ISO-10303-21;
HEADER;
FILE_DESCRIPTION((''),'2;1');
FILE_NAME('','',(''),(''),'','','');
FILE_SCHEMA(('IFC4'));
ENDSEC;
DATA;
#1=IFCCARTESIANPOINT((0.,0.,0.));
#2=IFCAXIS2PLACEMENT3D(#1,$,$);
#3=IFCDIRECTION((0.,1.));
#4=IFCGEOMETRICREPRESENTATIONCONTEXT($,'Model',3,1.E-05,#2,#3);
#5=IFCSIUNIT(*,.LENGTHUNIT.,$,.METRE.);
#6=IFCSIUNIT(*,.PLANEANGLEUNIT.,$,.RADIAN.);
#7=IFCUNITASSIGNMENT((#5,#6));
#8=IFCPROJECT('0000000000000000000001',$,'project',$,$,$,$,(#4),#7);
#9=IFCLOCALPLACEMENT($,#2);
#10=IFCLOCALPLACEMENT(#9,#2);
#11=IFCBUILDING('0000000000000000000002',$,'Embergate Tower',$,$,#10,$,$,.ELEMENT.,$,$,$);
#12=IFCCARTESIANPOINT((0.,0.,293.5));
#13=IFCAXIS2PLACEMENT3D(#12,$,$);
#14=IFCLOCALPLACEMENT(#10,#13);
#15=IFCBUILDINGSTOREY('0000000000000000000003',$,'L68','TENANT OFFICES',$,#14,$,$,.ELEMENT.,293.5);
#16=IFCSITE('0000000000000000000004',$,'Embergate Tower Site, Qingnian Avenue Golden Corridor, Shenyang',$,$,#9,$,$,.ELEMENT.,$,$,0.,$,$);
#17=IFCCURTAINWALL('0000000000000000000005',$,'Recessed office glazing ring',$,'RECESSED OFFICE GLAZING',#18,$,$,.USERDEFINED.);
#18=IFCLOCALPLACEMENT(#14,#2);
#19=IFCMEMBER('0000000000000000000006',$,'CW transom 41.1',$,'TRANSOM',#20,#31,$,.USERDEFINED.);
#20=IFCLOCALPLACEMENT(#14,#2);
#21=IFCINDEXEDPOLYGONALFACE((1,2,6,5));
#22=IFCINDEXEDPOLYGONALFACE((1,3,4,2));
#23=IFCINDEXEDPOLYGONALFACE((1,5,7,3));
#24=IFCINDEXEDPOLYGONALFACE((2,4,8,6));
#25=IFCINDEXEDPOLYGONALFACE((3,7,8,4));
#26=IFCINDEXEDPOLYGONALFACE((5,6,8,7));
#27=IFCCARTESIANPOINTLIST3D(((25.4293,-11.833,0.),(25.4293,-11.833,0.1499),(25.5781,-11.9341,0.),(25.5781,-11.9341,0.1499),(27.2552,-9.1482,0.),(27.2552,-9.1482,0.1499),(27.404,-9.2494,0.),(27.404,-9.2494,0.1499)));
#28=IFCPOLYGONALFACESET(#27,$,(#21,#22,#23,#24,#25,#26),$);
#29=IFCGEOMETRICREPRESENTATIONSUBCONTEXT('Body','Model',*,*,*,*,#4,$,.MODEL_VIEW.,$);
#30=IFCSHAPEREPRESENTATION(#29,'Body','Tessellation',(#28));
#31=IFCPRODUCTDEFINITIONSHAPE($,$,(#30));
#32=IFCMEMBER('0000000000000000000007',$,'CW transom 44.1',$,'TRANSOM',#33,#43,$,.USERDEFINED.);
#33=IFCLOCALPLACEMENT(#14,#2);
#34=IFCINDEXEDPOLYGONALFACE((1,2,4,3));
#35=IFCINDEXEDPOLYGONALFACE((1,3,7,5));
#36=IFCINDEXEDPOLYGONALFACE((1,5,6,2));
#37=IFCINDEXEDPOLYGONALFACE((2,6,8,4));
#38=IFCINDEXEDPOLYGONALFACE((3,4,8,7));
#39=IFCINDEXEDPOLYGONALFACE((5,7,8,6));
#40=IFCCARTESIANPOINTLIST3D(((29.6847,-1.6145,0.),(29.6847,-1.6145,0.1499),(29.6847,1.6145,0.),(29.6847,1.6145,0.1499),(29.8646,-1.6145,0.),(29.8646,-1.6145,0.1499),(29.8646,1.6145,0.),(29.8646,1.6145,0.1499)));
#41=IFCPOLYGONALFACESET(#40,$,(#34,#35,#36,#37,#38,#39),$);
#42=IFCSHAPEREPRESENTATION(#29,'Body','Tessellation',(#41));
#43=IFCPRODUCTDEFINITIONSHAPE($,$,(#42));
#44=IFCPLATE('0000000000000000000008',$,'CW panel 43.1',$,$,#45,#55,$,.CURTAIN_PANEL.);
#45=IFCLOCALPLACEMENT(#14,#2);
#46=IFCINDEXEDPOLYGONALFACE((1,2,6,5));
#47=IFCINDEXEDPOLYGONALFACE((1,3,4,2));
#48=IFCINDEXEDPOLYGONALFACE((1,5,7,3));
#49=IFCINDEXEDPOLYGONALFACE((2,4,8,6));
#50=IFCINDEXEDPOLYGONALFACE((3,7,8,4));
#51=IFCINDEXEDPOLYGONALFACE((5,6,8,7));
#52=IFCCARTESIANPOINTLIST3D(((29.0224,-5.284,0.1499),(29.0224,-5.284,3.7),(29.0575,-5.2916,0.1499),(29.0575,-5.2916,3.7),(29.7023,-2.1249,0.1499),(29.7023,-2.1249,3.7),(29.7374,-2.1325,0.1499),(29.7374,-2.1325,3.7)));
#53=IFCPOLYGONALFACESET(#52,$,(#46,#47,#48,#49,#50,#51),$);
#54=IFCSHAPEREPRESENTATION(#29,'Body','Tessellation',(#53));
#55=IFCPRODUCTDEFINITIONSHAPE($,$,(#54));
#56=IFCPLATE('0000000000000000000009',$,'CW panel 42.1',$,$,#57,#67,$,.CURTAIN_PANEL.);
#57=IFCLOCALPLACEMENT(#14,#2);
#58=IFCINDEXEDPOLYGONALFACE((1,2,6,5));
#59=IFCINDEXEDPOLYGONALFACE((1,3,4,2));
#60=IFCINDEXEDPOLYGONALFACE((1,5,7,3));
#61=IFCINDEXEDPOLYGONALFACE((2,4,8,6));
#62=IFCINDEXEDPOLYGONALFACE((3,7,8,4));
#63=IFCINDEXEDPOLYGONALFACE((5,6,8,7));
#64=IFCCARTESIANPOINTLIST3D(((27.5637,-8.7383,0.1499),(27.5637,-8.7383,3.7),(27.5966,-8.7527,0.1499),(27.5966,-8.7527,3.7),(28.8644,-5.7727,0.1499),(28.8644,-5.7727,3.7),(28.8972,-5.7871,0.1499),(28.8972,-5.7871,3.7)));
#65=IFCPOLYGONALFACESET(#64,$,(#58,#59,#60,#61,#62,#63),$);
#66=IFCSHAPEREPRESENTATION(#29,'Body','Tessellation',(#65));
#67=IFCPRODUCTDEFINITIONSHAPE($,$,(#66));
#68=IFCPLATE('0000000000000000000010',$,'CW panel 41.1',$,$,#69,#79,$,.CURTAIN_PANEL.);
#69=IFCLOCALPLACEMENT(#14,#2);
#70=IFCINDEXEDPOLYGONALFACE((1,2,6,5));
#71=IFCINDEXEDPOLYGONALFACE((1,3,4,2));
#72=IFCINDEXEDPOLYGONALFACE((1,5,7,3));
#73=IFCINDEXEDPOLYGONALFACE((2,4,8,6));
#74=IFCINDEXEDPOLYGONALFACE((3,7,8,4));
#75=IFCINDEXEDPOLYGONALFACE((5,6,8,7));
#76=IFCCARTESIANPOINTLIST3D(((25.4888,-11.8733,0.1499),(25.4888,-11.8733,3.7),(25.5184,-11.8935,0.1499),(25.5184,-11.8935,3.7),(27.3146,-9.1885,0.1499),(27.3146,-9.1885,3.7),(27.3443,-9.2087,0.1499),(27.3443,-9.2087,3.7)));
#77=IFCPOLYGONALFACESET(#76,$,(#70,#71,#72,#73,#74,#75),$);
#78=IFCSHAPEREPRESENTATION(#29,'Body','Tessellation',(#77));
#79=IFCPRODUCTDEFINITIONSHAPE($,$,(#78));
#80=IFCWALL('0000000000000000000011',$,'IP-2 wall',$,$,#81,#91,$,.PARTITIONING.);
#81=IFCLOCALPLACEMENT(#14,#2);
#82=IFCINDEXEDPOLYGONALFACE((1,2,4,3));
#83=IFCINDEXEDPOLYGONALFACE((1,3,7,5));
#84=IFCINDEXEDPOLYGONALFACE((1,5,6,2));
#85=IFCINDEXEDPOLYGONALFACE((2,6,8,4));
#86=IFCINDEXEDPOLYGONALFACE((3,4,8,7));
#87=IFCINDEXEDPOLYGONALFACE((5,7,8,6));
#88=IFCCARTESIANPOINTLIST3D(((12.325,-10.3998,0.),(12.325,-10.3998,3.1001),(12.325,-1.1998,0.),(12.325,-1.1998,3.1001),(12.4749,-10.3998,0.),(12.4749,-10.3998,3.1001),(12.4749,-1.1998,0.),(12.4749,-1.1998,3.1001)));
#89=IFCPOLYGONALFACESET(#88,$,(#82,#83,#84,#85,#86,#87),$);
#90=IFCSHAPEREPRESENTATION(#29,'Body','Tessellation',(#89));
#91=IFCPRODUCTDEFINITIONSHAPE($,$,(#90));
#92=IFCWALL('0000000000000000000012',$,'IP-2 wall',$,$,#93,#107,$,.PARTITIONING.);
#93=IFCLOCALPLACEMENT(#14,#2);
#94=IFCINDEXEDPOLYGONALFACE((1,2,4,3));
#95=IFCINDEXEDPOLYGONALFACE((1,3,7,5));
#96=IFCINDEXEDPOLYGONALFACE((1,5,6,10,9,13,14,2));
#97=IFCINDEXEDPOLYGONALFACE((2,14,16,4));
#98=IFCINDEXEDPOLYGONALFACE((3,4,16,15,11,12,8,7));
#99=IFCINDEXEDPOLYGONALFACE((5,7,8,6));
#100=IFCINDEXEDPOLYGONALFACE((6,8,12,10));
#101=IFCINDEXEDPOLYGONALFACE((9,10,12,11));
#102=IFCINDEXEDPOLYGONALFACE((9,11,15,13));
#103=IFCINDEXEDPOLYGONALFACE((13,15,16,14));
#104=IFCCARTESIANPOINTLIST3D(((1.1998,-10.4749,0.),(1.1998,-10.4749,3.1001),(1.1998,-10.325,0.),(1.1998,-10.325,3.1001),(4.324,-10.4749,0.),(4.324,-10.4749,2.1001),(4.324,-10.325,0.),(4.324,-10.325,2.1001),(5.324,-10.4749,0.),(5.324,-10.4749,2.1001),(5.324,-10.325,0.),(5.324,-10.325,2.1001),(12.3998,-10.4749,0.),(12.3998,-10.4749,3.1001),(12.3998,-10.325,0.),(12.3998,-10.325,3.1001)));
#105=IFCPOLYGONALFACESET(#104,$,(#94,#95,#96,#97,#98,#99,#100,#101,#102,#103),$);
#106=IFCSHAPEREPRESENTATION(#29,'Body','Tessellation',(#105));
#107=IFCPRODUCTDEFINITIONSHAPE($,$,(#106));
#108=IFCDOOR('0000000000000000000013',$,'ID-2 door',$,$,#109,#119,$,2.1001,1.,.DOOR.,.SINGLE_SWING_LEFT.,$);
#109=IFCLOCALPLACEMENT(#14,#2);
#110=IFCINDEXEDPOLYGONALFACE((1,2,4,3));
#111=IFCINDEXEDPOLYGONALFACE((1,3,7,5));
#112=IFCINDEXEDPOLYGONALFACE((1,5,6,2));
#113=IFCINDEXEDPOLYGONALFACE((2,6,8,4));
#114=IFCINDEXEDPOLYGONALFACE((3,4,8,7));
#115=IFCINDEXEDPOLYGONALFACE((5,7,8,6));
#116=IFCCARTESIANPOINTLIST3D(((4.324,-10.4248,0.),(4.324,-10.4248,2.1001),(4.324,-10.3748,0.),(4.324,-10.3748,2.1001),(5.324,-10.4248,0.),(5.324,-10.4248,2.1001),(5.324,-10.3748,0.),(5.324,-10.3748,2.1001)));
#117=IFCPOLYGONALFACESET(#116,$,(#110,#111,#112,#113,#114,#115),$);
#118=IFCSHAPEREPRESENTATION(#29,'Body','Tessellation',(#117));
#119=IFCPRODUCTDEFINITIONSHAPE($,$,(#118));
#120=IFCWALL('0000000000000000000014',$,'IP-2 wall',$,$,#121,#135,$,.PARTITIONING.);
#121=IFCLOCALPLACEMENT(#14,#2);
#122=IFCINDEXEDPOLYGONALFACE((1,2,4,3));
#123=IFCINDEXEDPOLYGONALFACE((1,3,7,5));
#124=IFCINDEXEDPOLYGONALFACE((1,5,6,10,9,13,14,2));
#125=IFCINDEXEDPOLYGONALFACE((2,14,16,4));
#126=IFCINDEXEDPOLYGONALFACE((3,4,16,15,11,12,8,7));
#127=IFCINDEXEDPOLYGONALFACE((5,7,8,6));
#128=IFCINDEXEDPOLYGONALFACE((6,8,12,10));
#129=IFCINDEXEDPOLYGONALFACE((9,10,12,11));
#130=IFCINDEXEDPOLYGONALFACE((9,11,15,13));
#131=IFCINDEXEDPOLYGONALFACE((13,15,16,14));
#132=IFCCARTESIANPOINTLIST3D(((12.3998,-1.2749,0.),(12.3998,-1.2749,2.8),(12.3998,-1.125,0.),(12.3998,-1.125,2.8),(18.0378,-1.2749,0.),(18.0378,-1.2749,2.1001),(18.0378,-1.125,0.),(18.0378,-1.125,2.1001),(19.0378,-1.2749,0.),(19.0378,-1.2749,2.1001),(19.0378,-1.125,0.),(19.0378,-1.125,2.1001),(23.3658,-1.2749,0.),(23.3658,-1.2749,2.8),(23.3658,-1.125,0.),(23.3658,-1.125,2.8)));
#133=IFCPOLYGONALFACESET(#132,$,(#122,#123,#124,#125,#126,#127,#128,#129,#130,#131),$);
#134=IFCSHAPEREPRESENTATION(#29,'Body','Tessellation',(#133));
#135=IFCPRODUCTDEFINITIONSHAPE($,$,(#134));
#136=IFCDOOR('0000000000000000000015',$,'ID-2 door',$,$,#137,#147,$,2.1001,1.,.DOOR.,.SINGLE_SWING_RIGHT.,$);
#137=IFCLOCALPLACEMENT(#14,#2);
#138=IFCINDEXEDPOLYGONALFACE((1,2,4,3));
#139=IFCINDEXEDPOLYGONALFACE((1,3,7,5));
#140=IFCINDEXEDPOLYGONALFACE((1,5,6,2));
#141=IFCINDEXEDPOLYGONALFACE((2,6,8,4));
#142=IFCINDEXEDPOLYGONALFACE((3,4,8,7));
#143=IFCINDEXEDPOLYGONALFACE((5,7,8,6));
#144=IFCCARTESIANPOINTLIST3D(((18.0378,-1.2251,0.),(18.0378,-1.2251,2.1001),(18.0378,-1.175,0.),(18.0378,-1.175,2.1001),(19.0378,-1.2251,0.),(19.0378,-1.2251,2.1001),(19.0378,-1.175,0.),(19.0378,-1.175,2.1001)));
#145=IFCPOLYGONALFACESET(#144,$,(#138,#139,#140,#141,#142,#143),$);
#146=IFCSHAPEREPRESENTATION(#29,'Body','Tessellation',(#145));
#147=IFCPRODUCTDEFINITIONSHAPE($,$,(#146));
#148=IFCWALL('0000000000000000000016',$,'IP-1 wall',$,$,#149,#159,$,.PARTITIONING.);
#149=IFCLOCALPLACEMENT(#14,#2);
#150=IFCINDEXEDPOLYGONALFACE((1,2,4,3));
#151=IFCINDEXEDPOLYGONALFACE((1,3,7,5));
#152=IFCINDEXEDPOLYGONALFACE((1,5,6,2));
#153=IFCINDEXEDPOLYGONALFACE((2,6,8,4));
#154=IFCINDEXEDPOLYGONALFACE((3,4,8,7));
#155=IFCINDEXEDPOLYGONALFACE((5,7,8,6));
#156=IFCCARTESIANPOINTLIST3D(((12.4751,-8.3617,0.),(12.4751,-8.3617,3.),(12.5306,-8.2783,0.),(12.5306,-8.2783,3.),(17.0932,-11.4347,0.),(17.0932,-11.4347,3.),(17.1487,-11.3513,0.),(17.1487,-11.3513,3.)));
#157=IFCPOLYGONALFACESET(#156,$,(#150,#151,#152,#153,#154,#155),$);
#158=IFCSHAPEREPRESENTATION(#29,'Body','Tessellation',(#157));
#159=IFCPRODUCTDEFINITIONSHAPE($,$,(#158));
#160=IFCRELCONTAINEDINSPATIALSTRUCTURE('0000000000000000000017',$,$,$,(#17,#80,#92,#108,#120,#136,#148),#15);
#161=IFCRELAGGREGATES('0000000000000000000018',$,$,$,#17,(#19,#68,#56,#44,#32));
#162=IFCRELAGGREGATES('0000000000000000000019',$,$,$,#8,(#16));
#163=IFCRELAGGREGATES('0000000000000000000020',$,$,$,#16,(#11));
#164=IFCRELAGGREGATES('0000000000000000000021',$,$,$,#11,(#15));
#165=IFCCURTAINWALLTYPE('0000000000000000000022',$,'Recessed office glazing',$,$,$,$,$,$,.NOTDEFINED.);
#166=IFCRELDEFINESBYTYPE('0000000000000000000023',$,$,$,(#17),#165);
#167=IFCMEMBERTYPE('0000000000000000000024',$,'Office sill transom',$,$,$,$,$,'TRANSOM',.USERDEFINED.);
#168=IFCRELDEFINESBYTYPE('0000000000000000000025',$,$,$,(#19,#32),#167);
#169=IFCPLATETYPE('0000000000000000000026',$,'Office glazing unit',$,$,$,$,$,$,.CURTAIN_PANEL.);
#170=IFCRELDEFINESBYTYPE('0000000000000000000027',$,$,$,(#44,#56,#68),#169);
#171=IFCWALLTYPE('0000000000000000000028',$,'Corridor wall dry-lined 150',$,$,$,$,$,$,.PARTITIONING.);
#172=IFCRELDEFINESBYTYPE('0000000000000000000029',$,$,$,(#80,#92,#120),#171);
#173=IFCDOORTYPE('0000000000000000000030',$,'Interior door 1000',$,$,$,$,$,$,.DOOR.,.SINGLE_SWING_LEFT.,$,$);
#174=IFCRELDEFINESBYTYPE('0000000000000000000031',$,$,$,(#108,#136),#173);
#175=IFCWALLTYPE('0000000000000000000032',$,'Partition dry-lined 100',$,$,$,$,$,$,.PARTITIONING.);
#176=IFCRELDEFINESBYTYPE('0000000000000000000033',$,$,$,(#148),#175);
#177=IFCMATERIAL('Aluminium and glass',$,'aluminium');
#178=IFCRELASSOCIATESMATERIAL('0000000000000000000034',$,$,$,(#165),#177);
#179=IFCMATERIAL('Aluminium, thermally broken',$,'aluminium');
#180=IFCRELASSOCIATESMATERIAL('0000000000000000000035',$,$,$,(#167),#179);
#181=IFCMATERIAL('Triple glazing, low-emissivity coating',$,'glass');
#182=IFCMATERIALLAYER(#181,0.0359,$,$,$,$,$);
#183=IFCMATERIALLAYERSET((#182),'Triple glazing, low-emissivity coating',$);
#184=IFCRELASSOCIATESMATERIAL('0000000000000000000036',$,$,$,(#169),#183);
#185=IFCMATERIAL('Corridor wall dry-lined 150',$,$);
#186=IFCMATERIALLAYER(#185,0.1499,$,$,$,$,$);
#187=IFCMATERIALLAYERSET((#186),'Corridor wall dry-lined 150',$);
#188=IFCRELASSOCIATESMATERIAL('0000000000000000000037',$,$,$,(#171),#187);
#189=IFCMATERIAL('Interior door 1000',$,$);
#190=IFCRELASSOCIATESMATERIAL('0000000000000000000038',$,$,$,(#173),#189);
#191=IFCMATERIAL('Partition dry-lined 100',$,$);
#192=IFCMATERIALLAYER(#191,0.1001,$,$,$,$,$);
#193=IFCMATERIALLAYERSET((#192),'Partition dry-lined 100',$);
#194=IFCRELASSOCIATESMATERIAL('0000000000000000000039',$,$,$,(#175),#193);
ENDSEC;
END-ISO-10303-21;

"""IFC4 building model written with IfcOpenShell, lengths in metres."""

from ifc_helpers import new_model, si_unit, direction, frame, frame_2d, origin, origin_2d, place, context, subcontext, project, spatial, rectangle, extrude, source, transform, mapped, material, layer, layer_set, material_profile, profile_set, type_object, element, fill, aggregate, save


model = new_model("IFC4")

# Units and contexts
model_context = context("Model", 3, precision=1e-05, world=origin(), true_north=direction((0.0, 1.0)))
body_context = subcontext(model_context, "Body", "Model", "MODEL_VIEW")
ifc_project = project(units=[si_unit("LENGTHUNIT", "METRE"), si_unit("PLANEANGLEUNIT", "RADIAN")], contexts=[model_context])

# Site, building, storey
site_placement = place(None, origin())
site = spatial("IfcSite", under=ifc_project, at=site_placement, Name="Embergate Tower Site, Qingnian Avenue Golden Corridor, Shenyang", CompositionType="ELEMENT", RefElevation=0.0)
building_placement = place(site_placement, origin())
building = spatial("IfcBuilding", under=site, at=building_placement, Name="Embergate Tower", CompositionType="ELEMENT")
storey_placement = place(building_placement, frame((0.0, 0.0, 293.5)))
storey = spatial("IfcBuildingStorey", under=building, at=storey_placement, Name="L68", Description="TENANT OFFICES", CompositionType="ELEMENT", Elevation=293.5)

# Curtain wall, members, plates
ifc_material_1 = material(Name="Aluminium and glass", Category="aluminium")
curtain_wall_type = type_object("IfcCurtainWallType", Name="Recessed office glazing", PredefinedType="NOTDEFINED", material=ifc_material_1)
curtain_wall_placement = place(storey_placement, origin())
curtain_wall = element("IfcCurtainWall", 1, at=curtain_wall_placement, inside=storey, type_object=curtain_wall_type, Name="Recessed office glazing ring", ObjectType="RECESSED OFFICE GLAZING", PredefinedType="USERDEFINED")
ifc_material_2 = material(Name="Aluminium, thermally broken", Category="aluminium")
ifc_material_profile_1 = material_profile(ifc_material_2, rectangle(XDim=0.1799, YDim=0.1499, at=origin_2d()), Name="AL 150x180")
ifc_profile_set_1 = profile_set([ifc_material_profile_1], Name="Aluminium, thermally broken")
member_type_1 = type_object("IfcMemberType", Name="Office sill transom", ElementType="TRANSOM", PredefinedType="USERDEFINED", material=ifc_profile_set_1)
shared_shape_1 = source(origin(), body_context, "Body", "SweptSolid", [
    extrude(rectangle(XDim=0.1799, YDim=0.1499, at=origin_2d()), origin(), (0.0, 0.0, 1.0), 3.2468),
])
member_1_placement = place(storey_placement, frame((25.5037, -11.8835, 0.075), z_axis=(0.562363, 0.82689, 0.0), x_axis=(-0.82689, 0.562363, 0.0)))
member_1 = element("IfcMember", 2, at=member_1_placement, type_object=member_type_1, Name="CW transom 41.1", ObjectType="TRANSOM", PredefinedType="USERDEFINED", context=body_context, shape_type="MappedRepresentation", body=[
    mapped(shared_shape_1, transform((0.0, 0.0, 0.0))),
])
shared_shape_2 = source(origin(), body_context, "Body", "SweptSolid", [
    extrude(rectangle(XDim=0.1799, YDim=0.1499, at=origin_2d()), origin(), (0.0, 0.0, 1.0), 3.229),
])
member_2_placement = place(storey_placement, frame((29.7747, -1.6145, 0.075), z_axis=(0.0, 1.0, 0.0), x_axis=(-1.0, 0.0, 0.0)))
member_2 = element("IfcMember", 3, at=member_2_placement, type_object=member_type_1, Name="CW transom 44.1", ObjectType="TRANSOM", PredefinedType="USERDEFINED", context=body_context, shape_type="MappedRepresentation", body=[
    mapped(shared_shape_2, transform((0.0, 0.0, 0.0))),
])
ifc_material_3 = material(Name="Triple glazing, low-emissivity coating", Category="glass")
ifc_layer_1 = layer(ifc_material_3, 0.0359)
ifc_layer_set_1 = layer_set([ifc_layer_1], Name="Triple glazing, low-emissivity coating")
plate_type = type_object("IfcPlateType", Name="Office glazing unit", PredefinedType="CURTAIN_PANEL", material=ifc_layer_set_1)
shared_shape_3 = source(origin(), body_context, "Body", "SweptSolid", [
    extrude(rectangle(XDim=3.2314, YDim=0.0359, at=origin_2d()), origin(), (0.0, 0.0, 1.0), 3.55),
])
plate_1_placement = place(storey_placement, frame((29.3799, -3.7083, 0.1499), z_axis=(0.0, 0.0, 1.0), x_axis=(0.210398, 0.977616, 0.0)))
plate_1 = element("IfcPlate", 4, at=plate_1_placement, type_object=plate_type, Name="CW panel 43.1", PredefinedType="CURTAIN_PANEL", context=body_context, shape_type="MappedRepresentation", body=[
    mapped(shared_shape_3, transform((0.0, 0.0, 0.0))),
])
shared_shape_4 = source(origin(), body_context, "Body", "SweptSolid", [
    extrude(rectangle(XDim=3.2383, YDim=0.0359, at=origin_2d()), origin(), (0.0, 0.0, 1.0), 3.55),
])
plate_2_placement = place(storey_placement, frame((28.2305, -7.2627, 0.1499), z_axis=(0.0, 0.0, 1.0), x_axis=(0.401654, 0.915792, 0.0)))
plate_2 = element("IfcPlate", 5, at=plate_2_placement, type_object=plate_type, Name="CW panel 42.1", PredefinedType="CURTAIN_PANEL", context=body_context, shape_type="MappedRepresentation", body=[
    mapped(shared_shape_4, transform((0.0, 0.0, 0.0))),
])
shared_shape_5 = source(origin(), body_context, "Body", "SweptSolid", [
    extrude(rectangle(XDim=3.2468, YDim=0.0359, at=origin_2d()), origin(), (0.0, 0.0, 1.0), 3.55),
])
plate_3_placement = place(storey_placement, frame((26.4165, -10.541, 0.1499), z_axis=(0.0, 0.0, 1.0), x_axis=(0.562342, 0.826905, 0.0)))
plate_3 = element("IfcPlate", 6, at=plate_3_placement, type_object=plate_type, Name="CW panel 41.1", PredefinedType="CURTAIN_PANEL", context=body_context, shape_type="MappedRepresentation", body=[
    mapped(shared_shape_5, transform((0.0, 0.0, 0.0))),
])
aggregate(curtain_wall, [member_1, plate_3, plate_2, plate_1, member_2])

# Wall
ifc_material_4 = material(Name="Corridor wall dry-lined 150")
ifc_layer_2 = layer(ifc_material_4, 0.1499)
ifc_layer_set_2 = layer_set([ifc_layer_2], Name="Corridor wall dry-lined 150")
wall_type_1 = type_object("IfcWallType", Name="Corridor wall dry-lined 150", PredefinedType="PARTITIONING", material=ifc_layer_set_2)
shared_shape_6 = source(origin(), body_context, "Body", "SweptSolid", [
    extrude(rectangle(XDim=9.2, YDim=0.1499, at=frame_2d((4.6001, 0.0))), origin(), (0.0, 0.0, 1.0), 3.1001),
])
wall_1_placement = place(storey_placement, frame((12.3999, -10.3999, 0.0), z_axis=(0.0, 0.0, 1.0), x_axis=(0.0, 1.0, 0.0)))
element("IfcWall", 7, at=wall_1_placement, inside=storey, type_object=wall_type_1, Name="IP-2 wall", PredefinedType="PARTITIONING", context=body_context, shape_type="MappedRepresentation", body=[
    mapped(shared_shape_6, transform((0.0, 0.0, 0.0))),
])

# Walls, openings, doors
shared_shape_7 = source(origin(), body_context, "Body", "SweptSolid", [
    extrude(rectangle(XDim=11.2, YDim=0.1499, at=frame_2d((5.6001, 0.0))), origin(), (0.0, 0.0, 1.0), 3.1001),
])
wall_2_placement = place(storey_placement, frame((12.3999, -10.3999, 0.0), z_axis=(0.0, 0.0, 1.0), x_axis=(-1.0, 0.0, 0.0)))
wall_2 = element("IfcWall", 8, at=wall_2_placement, inside=storey, type_object=wall_type_1, Name="IP-2 wall", PredefinedType="PARTITIONING", context=body_context, shape_type="MappedRepresentation", body=[
    mapped(shared_shape_7, transform((0.0, 0.0, 0.0))),
])
shared_shape_8 = source(origin(), body_context, "Body", "SweptSolid", [
    extrude(rectangle(XDim=1.0, YDim=2.1001, at=frame_2d((0.5, 1.05))), frame((0.0, 0.085, 0.0), z_axis=(0.0, -1.0, 0.0), x_axis=(1.0, 0.0, 0.0)), (0.0, 0.0, 1.0), 0.1699),
])
opening_1_placement = place(wall_2_placement, frame((7.0759, 0.0, 0.0)))
opening_1 = element("IfcOpeningElement", 9, at=opening_1_placement, cuts=wall_2, PredefinedType="OPENING", context=body_context, shape_type="MappedRepresentation", body=[
    mapped(shared_shape_8, transform((0.0, 0.0, 0.0))),
])
ifc_material_5 = material(Name="Interior door 1000")
door_type = type_object("IfcDoorType", Name="Interior door 1000", OperationType="SINGLE_SWING_LEFT", PredefinedType="DOOR", material=ifc_material_5)
shared_shape_9 = source(origin(), body_context, "Body", "SweptSolid", [
    extrude(rectangle(XDim=1.0, YDim=2.1001, at=frame_2d((0.5, 1.05))), frame((0.0, 0.0249, 0.0), z_axis=(0.0, -1.0, 0.0), x_axis=(1.0, 0.0, 0.0)), (0.0, 0.0, 1.0), 0.05),
])
door_1_placement = place(opening_1_placement, origin())
door_1 = element("IfcDoor", 10, at=door_1_placement, inside=storey, type_object=door_type, Name="ID-2 door", OperationType="SINGLE_SWING_LEFT", OverallHeight=2.1001, OverallWidth=1.0, PredefinedType="DOOR", context=body_context, shape_type="MappedRepresentation", body=[
    mapped(shared_shape_9, transform((0.0, 0.0, 0.0))),
])
fill(opening_1, door_1)
shared_shape_10 = source(origin(), body_context, "Body", "SweptSolid", [
    extrude(rectangle(XDim=10.9661, YDim=0.1499, at=frame_2d((5.4829, 0.0))), origin(), (0.0, 0.0, 1.0), 2.8),
])
wall_3_placement = place(storey_placement, frame((12.3999, -1.2, 0.0), z_axis=(0.0, 0.0, 1.0), x_axis=(1.0, 0.0, 0.0)))
wall_3 = element("IfcWall", 11, at=wall_3_placement, inside=storey, type_object=wall_type_1, Name="IP-2 wall", PredefinedType="PARTITIONING", context=body_context, shape_type="MappedRepresentation", body=[
    mapped(shared_shape_10, transform((0.0, 0.0, 0.0))),
])
opening_2_placement = place(wall_3_placement, frame((5.6379, 0.0, 0.0)))
opening_2 = element("IfcOpeningElement", 12, at=opening_2_placement, cuts=wall_3, PredefinedType="OPENING", context=body_context, shape_type="MappedRepresentation", body=[
    mapped(shared_shape_8, transform((0.0, 0.0, 0.0))),
])
door_2_placement = place(opening_2_placement, origin())
door_2 = element("IfcDoor", 13, at=door_2_placement, inside=storey, type_object=door_type, Name="ID-2 door", OperationType="SINGLE_SWING_RIGHT", OverallHeight=2.1001, OverallWidth=1.0, PredefinedType="DOOR", context=body_context, shape_type="MappedRepresentation", body=[
    mapped(shared_shape_9, transform((0.0, 0.0, 0.0))),
])
fill(opening_2, door_2)

# Wall
ifc_material_6 = material(Name="Partition dry-lined 100")
ifc_layer_3 = layer(ifc_material_6, 0.1001)
ifc_layer_set_3 = layer_set([ifc_layer_3], Name="Partition dry-lined 100")
wall_type_2 = type_object("IfcWallType", Name="Partition dry-lined 100", PredefinedType="PARTITIONING", material=ifc_layer_set_3)
shared_shape_11 = source(origin(), body_context, "Body", "SweptSolid", [
    extrude(rectangle(XDim=5.5471, YDim=0.1001, at=frame_2d((2.7734, 0.0))), origin(), (0.0, 0.0, 1.0), 3.0),
])
wall_4_placement = place(storey_placement, frame((12.5029, -8.3201, 0.0), z_axis=(0.0, 0.0, 1.0), x_axis=(0.832531, -0.553979, 0.0)))
element("IfcWall", 14, at=wall_4_placement, inside=storey, type_object=wall_type_2, Name="IP-1 wall", PredefinedType="PARTITIONING", context=body_context, shape_type="MappedRepresentation", body=[
    mapped(shared_shape_11, transform((0.0, 0.0, 0.0))),
])

save(model, "model.ifc")
